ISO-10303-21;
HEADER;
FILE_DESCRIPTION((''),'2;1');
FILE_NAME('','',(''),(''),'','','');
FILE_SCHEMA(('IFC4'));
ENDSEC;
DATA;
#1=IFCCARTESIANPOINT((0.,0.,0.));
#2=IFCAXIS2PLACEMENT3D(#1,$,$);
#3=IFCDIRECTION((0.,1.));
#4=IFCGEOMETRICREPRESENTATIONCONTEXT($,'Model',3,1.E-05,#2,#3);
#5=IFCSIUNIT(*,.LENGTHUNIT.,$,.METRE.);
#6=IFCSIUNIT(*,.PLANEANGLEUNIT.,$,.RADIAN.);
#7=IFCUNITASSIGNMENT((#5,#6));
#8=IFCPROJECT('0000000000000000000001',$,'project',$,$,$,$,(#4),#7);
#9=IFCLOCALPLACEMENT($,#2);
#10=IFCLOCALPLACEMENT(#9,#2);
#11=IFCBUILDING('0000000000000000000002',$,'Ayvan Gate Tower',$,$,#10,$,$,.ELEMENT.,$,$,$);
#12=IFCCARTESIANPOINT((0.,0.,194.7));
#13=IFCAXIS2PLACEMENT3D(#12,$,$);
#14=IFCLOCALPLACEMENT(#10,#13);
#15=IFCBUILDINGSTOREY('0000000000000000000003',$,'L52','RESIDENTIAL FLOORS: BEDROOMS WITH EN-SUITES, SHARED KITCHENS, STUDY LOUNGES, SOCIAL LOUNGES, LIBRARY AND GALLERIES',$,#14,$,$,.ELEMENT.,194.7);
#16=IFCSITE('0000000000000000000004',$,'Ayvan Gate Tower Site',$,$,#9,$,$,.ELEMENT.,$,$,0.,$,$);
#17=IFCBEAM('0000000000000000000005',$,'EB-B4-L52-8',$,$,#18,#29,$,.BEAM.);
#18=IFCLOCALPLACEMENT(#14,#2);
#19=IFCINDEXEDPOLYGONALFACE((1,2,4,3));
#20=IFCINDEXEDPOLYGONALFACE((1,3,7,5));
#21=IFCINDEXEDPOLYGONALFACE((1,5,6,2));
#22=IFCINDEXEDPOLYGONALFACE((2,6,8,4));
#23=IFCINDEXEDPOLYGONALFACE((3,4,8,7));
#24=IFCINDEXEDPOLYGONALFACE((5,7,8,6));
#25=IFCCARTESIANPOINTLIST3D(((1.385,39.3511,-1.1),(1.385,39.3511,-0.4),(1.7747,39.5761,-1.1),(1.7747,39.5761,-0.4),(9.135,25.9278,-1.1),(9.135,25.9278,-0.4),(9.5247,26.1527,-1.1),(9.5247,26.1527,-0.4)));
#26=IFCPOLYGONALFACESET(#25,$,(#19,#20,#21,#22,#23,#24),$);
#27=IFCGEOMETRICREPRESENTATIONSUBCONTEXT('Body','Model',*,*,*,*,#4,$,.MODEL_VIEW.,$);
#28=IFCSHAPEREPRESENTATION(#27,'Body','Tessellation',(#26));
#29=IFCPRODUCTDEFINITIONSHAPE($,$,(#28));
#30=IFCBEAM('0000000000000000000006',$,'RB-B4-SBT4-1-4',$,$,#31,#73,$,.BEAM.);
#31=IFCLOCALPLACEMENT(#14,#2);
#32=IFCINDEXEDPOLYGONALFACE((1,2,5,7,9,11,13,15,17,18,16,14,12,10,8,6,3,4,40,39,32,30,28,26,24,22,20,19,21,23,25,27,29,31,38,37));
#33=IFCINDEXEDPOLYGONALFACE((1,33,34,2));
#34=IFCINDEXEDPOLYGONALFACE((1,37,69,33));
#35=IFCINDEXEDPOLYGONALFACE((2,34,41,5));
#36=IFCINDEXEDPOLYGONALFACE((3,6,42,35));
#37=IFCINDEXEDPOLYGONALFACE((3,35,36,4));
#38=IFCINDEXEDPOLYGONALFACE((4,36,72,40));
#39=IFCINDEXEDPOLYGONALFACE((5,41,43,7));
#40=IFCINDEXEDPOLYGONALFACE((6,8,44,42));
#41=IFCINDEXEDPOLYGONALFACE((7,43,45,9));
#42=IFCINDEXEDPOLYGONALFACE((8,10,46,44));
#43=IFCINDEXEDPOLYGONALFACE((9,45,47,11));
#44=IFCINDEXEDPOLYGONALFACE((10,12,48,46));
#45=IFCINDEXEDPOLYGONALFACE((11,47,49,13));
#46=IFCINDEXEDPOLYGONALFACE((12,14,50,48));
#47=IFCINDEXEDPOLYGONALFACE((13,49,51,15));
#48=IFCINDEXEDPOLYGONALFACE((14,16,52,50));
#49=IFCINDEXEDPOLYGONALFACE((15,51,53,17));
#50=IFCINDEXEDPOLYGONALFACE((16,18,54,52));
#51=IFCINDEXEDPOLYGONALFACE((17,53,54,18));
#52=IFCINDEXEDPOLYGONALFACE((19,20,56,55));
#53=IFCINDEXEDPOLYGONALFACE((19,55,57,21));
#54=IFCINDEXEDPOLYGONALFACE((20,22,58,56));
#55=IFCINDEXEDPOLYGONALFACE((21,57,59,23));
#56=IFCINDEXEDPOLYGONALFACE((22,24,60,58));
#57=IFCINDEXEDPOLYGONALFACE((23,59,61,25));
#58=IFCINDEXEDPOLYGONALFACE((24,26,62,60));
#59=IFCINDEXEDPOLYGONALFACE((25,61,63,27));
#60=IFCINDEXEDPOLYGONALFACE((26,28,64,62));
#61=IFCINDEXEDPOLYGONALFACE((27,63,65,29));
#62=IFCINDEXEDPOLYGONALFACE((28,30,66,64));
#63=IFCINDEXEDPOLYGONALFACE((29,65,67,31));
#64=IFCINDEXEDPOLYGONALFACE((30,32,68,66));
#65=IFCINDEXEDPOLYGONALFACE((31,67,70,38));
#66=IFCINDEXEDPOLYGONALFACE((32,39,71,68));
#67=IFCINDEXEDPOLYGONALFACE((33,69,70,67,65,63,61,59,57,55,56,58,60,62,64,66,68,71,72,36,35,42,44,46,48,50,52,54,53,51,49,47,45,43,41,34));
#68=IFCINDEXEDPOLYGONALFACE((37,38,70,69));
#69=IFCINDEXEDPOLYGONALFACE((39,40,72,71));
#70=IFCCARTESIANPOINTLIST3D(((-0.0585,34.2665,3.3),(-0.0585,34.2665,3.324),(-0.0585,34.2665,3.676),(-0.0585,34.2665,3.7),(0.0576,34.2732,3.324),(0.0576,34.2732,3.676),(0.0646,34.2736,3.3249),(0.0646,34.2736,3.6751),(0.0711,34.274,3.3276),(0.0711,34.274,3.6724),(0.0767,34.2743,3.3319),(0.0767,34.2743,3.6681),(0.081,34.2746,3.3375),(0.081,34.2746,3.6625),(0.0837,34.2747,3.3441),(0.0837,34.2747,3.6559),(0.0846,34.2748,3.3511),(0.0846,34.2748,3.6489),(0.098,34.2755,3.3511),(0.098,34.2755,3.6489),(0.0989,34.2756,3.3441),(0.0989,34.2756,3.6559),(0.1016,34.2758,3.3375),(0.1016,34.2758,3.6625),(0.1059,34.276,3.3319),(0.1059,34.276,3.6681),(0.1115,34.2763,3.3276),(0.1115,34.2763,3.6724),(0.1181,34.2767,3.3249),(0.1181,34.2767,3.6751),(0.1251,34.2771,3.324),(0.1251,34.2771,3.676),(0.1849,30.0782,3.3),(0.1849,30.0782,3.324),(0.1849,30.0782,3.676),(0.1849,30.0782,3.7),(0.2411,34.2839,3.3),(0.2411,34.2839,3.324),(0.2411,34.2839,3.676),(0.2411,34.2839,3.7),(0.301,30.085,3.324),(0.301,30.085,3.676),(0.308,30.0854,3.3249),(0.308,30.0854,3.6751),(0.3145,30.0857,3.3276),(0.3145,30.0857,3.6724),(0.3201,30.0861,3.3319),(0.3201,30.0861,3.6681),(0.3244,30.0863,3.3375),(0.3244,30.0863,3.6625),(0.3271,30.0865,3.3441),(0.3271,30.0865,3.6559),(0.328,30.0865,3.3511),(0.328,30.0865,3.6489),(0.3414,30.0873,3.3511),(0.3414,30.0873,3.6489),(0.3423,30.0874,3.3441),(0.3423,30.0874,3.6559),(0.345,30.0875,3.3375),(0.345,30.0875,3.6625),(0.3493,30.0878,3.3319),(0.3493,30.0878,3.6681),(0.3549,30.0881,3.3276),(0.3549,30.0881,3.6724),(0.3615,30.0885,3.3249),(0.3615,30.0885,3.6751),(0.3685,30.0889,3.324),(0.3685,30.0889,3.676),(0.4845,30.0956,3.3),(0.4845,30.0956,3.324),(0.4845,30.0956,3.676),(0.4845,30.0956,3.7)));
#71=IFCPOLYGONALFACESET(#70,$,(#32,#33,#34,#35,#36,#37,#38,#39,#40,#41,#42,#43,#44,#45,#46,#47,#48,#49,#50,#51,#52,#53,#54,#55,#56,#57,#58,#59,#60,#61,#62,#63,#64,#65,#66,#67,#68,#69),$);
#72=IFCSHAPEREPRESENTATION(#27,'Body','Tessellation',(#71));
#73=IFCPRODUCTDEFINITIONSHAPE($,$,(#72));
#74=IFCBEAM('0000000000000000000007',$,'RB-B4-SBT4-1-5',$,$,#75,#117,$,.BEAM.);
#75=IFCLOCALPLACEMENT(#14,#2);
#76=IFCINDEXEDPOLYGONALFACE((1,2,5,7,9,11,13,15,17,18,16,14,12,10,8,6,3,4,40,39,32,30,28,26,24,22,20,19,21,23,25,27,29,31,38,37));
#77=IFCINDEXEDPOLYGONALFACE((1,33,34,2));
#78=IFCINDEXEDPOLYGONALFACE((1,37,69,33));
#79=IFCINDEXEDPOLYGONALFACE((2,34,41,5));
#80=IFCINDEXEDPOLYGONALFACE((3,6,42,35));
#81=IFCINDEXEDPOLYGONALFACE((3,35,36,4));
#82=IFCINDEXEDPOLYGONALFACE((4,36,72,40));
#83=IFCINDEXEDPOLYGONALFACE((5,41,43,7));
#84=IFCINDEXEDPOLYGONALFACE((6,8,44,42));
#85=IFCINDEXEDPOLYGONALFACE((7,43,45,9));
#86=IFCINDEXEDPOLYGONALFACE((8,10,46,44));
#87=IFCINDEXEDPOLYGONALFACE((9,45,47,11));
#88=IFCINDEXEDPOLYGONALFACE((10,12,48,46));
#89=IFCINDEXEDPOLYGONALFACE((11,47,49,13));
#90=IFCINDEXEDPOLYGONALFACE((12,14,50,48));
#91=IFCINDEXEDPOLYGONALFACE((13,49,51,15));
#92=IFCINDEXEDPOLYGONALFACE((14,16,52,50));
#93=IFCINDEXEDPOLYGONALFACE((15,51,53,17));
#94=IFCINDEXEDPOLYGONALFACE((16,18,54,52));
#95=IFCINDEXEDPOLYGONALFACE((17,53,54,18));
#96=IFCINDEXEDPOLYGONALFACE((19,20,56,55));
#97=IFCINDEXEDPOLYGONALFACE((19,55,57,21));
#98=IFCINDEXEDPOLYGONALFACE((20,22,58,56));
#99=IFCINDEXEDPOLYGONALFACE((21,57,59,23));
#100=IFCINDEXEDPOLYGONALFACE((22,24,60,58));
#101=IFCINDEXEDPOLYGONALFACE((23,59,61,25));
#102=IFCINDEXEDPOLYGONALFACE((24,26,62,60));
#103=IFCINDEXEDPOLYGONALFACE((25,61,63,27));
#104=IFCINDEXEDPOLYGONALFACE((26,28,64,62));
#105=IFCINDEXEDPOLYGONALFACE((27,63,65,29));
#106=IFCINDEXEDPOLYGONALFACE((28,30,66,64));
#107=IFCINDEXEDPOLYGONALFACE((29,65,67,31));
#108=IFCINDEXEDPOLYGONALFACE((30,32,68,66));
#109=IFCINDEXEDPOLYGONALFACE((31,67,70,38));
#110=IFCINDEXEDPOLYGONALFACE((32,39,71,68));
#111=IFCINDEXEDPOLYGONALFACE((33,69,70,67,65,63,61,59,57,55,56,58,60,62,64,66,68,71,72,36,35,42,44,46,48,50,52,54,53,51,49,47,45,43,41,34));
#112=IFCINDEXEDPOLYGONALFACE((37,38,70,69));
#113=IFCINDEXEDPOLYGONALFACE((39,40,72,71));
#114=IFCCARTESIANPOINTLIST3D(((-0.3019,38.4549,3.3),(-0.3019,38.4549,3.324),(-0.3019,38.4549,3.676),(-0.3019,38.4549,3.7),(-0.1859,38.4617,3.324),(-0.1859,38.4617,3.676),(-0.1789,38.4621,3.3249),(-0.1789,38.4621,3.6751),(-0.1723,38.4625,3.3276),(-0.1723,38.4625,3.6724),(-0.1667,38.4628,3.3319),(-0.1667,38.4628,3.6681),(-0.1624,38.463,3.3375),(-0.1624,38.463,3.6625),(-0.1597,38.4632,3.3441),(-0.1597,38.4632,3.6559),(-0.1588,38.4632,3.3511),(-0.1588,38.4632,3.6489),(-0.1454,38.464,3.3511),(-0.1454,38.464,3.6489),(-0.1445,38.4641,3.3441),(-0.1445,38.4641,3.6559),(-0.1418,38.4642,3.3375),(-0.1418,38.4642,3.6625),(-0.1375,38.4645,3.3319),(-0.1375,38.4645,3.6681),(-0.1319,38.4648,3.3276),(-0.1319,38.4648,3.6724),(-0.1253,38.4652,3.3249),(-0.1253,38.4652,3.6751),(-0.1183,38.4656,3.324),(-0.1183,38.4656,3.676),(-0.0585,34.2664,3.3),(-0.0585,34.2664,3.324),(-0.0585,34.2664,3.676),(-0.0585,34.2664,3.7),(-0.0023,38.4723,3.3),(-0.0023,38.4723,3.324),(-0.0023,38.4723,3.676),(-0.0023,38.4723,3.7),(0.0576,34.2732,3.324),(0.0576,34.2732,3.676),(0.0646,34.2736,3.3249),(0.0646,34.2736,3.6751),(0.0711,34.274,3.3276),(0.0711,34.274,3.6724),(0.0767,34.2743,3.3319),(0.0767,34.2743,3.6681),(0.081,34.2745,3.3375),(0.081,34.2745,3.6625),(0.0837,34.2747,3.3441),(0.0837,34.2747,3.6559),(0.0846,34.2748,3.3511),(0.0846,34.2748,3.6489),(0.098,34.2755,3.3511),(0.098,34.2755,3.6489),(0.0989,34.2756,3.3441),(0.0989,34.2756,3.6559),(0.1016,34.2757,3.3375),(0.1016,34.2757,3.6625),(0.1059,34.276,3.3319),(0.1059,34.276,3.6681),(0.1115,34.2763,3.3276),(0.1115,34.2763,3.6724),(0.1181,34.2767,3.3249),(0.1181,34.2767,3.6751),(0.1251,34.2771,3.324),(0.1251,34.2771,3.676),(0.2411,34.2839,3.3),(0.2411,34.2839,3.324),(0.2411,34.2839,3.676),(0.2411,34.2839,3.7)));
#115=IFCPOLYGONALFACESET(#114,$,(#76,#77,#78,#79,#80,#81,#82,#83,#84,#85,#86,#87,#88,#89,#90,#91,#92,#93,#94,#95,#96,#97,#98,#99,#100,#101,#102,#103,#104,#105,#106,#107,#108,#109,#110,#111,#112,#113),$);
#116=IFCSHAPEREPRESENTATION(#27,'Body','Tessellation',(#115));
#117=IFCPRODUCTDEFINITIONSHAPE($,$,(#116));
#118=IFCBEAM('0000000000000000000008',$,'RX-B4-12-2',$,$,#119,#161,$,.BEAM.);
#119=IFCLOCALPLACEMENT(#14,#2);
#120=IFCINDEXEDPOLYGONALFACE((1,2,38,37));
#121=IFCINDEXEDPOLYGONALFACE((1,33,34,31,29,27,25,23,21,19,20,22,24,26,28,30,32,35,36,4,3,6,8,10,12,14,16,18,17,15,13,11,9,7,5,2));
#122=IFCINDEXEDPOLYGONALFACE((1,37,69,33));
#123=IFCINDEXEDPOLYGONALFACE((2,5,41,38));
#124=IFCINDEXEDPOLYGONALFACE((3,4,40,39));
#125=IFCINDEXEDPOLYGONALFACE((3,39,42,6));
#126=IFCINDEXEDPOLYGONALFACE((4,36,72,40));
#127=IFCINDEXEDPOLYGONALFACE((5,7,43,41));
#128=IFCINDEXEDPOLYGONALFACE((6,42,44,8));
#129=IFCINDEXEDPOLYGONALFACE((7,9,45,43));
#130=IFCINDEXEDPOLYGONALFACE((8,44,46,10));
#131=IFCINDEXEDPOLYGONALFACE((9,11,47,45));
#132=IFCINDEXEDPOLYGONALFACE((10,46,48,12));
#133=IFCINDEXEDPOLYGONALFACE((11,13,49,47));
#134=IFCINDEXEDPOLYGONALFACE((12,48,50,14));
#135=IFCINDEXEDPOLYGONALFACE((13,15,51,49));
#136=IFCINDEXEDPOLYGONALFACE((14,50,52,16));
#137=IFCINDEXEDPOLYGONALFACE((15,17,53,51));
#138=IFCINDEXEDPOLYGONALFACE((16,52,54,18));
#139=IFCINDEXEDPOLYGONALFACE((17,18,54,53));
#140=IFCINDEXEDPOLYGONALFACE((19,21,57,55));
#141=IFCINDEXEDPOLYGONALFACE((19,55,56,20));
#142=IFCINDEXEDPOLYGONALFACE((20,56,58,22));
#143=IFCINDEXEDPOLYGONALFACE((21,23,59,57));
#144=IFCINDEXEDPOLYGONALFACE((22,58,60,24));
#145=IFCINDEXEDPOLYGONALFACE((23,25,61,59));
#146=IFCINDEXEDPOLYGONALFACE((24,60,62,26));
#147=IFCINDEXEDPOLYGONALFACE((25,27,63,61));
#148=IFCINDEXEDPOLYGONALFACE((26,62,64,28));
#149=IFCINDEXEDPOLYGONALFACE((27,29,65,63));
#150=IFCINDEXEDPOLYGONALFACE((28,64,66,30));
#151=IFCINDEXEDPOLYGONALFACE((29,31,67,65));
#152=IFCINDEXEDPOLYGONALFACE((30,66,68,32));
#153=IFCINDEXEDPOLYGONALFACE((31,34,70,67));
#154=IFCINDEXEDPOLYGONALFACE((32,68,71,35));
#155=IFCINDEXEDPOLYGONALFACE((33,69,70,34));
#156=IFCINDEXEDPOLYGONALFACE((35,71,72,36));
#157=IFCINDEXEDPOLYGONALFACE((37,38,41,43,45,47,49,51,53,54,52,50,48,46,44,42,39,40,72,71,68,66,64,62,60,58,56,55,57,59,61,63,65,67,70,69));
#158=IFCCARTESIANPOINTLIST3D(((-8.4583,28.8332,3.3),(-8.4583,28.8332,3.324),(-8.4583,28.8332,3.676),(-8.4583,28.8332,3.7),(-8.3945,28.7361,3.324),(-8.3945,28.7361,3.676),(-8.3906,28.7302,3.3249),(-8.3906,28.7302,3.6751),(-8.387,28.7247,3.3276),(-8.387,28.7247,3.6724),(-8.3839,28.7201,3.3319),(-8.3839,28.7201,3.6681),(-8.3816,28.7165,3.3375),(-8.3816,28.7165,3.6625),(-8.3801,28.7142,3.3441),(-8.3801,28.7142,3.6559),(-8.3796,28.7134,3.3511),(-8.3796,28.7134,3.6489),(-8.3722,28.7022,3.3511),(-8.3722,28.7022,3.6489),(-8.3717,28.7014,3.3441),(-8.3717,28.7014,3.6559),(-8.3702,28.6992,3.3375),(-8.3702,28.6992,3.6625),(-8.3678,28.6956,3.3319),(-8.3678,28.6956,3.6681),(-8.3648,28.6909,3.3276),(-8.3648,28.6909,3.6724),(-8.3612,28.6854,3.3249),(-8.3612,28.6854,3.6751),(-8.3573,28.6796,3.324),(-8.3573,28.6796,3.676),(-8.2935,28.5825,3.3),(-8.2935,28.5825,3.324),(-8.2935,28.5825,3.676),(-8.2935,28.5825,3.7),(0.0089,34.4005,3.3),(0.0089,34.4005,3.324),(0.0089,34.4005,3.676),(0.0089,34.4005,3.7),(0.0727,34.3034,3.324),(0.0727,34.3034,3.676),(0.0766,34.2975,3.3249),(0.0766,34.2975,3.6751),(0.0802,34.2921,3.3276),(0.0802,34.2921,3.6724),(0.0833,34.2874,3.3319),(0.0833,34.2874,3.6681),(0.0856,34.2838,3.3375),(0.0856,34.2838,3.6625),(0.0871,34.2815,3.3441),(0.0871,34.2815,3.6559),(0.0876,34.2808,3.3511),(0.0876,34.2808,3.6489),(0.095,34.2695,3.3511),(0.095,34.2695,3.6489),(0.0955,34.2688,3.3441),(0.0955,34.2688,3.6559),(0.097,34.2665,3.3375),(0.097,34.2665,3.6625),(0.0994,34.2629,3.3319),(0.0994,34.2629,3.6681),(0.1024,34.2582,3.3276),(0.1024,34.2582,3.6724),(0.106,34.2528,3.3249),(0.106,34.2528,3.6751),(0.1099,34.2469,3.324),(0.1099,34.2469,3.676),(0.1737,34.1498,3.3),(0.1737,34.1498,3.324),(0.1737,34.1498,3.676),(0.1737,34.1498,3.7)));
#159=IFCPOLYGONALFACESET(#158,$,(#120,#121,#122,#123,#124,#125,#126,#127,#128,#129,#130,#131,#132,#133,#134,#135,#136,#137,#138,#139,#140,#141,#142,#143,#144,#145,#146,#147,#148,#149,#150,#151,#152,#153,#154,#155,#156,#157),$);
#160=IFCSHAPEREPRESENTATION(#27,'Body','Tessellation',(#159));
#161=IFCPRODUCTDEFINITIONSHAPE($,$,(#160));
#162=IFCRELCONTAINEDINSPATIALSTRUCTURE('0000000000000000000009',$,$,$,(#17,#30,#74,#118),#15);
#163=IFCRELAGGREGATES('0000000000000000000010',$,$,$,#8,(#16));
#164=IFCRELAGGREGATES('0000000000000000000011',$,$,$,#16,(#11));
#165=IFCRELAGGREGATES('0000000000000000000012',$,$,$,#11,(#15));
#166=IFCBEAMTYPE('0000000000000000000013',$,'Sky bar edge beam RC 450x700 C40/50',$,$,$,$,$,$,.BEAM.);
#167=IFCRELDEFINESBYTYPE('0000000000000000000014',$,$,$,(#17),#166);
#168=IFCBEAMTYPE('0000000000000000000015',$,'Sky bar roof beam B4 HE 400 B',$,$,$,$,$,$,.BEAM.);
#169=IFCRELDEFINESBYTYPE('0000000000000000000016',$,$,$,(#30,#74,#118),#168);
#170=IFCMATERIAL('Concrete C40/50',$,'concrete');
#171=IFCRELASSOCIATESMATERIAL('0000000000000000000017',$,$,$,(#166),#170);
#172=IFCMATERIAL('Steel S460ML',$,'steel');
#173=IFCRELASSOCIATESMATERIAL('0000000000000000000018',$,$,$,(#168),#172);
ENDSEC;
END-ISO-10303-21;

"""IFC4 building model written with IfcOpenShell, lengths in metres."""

from ifc_helpers import new_model, si_unit, direction, frame, origin, origin_2d, place, context, subcontext, project, spatial, rectangle, i_section, extrude, material, material_profile, profile_set, type_object, element, save


model = new_model("IFC4")

# Units and contexts
model_context = context("Model", 3, precision=1e-05, world=origin(), true_north=direction((0.0, 1.0)))
body_context = subcontext(model_context, "Body", "Model", "MODEL_VIEW")
ifc_project = project(units=[si_unit("LENGTHUNIT", "METRE"), si_unit("PLANEANGLEUNIT", "RADIAN")], contexts=[model_context])

# Site, building, storey
site_placement = place(None, origin())
site = spatial("IfcSite", under=ifc_project, at=site_placement, Name="Ayvan Gate Tower Site", CompositionType="ELEMENT", RefElevation=0.0)
building_placement = place(site_placement, origin())
building = spatial("IfcBuilding", under=site, at=building_placement, Name="Ayvan Gate Tower", CompositionType="ELEMENT")
storey_placement = place(building_placement, frame((0.0, 0.0, 194.7)))
storey = spatial("IfcBuildingStorey", under=building, at=storey_placement, Name="L52", Description="RESIDENTIAL FLOORS: BEDROOMS WITH EN-SUITES, SHARED KITCHENS, STUDY LOUNGES, SOCIAL LOUNGES, LIBRARY AND GALLERIES", CompositionType="ELEMENT", Elevation=194.7)

# Beams
ifc_material_1 = material(Name="Concrete C40/50", Category="concrete")
ifc_material_profile_1 = material_profile(ifc_material_1, rectangle(XDim=0.45, YDim=0.7, at=origin_2d()), Name="RC 450x700")
ifc_profile_set_1 = profile_set([ifc_material_profile_1], Name="Concrete C40/50")
beam_type_1 = type_object("IfcBeamType", Name="Sky bar edge beam RC 450x700 C40/50", PredefinedType="BEAM", material=ifc_profile_set_1)
beam_1_placement = place(storey_placement, frame((1.5798, 39.4636, -0.75), z_axis=(0.500002, -0.866025, 0.0), x_axis=(0.866025, 0.500002, 0.0)))
element("IfcBeam", 1, at=beam_1_placement, inside=storey, type_object=beam_type_1, Name="EB-B4-L52-8", PredefinedType="BEAM", context=body_context, shape_type="SweptSolid", body=[
    extrude(rectangle(XDim=0.45, YDim=0.7, at=origin_2d()), origin(), (0.0, 0.0, 1.0), 15.5),
])
ifc_material_2 = material(Name="Steel S460ML", Category="steel")
ifc_material_profile_2 = material_profile(ifc_material_2, i_section(OverallWidth=0.3, OverallDepth=0.3999, WebThickness=0.0134, FlangeThickness=0.0239, FilletRadius=0.0271, at=origin_2d()), Name="HE 400 B")
ifc_profile_set_2 = profile_set([ifc_material_profile_2], Name="Steel S460ML")
beam_type_2 = type_object("IfcBeamType", Name="Sky bar roof beam B4 HE 400 B", PredefinedType="BEAM", material=ifc_profile_set_2)
beam_2_placement = place(storey_placement, frame((0.3347, 30.0869, 3.5), z_axis=(-0.058019, 0.998315, 0.0), x_axis=(-0.998315, -0.058019, 0.0)))
element("IfcBeam", 2, at=beam_2_placement, inside=storey, type_object=beam_type_2, Name="RB-B4-SBT4-1-4", PredefinedType="BEAM", context=body_context, shape_type="SweptSolid", body=[
    extrude(i_section(OverallWidth=0.3, OverallDepth=0.3999, WebThickness=0.0134, FlangeThickness=0.0239, FilletRadius=0.0271, at=origin_2d()), origin(), (0.0, 0.0, 1.0), 4.1953),
])
beam_3_placement = place(storey_placement, frame((0.0913, 34.2751, 3.5), z_axis=(-0.058016, 0.998316, 0.0), x_axis=(-0.998316, -0.058016, 0.0)))
element("IfcBeam", 3, at=beam_3_placement, inside=storey, type_object=beam_type_2, Name="RB-B4-SBT4-1-5", PredefinedType="BEAM", context=body_context, shape_type="SweptSolid", body=[
    extrude(i_section(OverallWidth=0.3, OverallDepth=0.3999, WebThickness=0.0134, FlangeThickness=0.0239, FilletRadius=0.0271, at=origin_2d()), origin(), (0.0, 0.0, 1.0), 4.1956),
])
beam_4_placement = place(storey_placement, frame((0.0913, 34.2751, 3.5), z_axis=(-0.835562, -0.549396, 0.0), x_axis=(0.549396, -0.835562, 0.0)))
element("IfcBeam", 4, at=beam_4_placement, inside=storey, type_object=beam_type_2, Name="RX-B4-12-2", PredefinedType="BEAM", context=body_context, shape_type="SweptSolid", body=[
    extrude(i_section(OverallWidth=0.3, OverallDepth=0.3999, WebThickness=0.0134, FlangeThickness=0.0239, FilletRadius=0.0271, at=origin_2d()), origin(), (0.0, 0.0, 1.0), 10.1335),
])

save(model, "model.ifc")
